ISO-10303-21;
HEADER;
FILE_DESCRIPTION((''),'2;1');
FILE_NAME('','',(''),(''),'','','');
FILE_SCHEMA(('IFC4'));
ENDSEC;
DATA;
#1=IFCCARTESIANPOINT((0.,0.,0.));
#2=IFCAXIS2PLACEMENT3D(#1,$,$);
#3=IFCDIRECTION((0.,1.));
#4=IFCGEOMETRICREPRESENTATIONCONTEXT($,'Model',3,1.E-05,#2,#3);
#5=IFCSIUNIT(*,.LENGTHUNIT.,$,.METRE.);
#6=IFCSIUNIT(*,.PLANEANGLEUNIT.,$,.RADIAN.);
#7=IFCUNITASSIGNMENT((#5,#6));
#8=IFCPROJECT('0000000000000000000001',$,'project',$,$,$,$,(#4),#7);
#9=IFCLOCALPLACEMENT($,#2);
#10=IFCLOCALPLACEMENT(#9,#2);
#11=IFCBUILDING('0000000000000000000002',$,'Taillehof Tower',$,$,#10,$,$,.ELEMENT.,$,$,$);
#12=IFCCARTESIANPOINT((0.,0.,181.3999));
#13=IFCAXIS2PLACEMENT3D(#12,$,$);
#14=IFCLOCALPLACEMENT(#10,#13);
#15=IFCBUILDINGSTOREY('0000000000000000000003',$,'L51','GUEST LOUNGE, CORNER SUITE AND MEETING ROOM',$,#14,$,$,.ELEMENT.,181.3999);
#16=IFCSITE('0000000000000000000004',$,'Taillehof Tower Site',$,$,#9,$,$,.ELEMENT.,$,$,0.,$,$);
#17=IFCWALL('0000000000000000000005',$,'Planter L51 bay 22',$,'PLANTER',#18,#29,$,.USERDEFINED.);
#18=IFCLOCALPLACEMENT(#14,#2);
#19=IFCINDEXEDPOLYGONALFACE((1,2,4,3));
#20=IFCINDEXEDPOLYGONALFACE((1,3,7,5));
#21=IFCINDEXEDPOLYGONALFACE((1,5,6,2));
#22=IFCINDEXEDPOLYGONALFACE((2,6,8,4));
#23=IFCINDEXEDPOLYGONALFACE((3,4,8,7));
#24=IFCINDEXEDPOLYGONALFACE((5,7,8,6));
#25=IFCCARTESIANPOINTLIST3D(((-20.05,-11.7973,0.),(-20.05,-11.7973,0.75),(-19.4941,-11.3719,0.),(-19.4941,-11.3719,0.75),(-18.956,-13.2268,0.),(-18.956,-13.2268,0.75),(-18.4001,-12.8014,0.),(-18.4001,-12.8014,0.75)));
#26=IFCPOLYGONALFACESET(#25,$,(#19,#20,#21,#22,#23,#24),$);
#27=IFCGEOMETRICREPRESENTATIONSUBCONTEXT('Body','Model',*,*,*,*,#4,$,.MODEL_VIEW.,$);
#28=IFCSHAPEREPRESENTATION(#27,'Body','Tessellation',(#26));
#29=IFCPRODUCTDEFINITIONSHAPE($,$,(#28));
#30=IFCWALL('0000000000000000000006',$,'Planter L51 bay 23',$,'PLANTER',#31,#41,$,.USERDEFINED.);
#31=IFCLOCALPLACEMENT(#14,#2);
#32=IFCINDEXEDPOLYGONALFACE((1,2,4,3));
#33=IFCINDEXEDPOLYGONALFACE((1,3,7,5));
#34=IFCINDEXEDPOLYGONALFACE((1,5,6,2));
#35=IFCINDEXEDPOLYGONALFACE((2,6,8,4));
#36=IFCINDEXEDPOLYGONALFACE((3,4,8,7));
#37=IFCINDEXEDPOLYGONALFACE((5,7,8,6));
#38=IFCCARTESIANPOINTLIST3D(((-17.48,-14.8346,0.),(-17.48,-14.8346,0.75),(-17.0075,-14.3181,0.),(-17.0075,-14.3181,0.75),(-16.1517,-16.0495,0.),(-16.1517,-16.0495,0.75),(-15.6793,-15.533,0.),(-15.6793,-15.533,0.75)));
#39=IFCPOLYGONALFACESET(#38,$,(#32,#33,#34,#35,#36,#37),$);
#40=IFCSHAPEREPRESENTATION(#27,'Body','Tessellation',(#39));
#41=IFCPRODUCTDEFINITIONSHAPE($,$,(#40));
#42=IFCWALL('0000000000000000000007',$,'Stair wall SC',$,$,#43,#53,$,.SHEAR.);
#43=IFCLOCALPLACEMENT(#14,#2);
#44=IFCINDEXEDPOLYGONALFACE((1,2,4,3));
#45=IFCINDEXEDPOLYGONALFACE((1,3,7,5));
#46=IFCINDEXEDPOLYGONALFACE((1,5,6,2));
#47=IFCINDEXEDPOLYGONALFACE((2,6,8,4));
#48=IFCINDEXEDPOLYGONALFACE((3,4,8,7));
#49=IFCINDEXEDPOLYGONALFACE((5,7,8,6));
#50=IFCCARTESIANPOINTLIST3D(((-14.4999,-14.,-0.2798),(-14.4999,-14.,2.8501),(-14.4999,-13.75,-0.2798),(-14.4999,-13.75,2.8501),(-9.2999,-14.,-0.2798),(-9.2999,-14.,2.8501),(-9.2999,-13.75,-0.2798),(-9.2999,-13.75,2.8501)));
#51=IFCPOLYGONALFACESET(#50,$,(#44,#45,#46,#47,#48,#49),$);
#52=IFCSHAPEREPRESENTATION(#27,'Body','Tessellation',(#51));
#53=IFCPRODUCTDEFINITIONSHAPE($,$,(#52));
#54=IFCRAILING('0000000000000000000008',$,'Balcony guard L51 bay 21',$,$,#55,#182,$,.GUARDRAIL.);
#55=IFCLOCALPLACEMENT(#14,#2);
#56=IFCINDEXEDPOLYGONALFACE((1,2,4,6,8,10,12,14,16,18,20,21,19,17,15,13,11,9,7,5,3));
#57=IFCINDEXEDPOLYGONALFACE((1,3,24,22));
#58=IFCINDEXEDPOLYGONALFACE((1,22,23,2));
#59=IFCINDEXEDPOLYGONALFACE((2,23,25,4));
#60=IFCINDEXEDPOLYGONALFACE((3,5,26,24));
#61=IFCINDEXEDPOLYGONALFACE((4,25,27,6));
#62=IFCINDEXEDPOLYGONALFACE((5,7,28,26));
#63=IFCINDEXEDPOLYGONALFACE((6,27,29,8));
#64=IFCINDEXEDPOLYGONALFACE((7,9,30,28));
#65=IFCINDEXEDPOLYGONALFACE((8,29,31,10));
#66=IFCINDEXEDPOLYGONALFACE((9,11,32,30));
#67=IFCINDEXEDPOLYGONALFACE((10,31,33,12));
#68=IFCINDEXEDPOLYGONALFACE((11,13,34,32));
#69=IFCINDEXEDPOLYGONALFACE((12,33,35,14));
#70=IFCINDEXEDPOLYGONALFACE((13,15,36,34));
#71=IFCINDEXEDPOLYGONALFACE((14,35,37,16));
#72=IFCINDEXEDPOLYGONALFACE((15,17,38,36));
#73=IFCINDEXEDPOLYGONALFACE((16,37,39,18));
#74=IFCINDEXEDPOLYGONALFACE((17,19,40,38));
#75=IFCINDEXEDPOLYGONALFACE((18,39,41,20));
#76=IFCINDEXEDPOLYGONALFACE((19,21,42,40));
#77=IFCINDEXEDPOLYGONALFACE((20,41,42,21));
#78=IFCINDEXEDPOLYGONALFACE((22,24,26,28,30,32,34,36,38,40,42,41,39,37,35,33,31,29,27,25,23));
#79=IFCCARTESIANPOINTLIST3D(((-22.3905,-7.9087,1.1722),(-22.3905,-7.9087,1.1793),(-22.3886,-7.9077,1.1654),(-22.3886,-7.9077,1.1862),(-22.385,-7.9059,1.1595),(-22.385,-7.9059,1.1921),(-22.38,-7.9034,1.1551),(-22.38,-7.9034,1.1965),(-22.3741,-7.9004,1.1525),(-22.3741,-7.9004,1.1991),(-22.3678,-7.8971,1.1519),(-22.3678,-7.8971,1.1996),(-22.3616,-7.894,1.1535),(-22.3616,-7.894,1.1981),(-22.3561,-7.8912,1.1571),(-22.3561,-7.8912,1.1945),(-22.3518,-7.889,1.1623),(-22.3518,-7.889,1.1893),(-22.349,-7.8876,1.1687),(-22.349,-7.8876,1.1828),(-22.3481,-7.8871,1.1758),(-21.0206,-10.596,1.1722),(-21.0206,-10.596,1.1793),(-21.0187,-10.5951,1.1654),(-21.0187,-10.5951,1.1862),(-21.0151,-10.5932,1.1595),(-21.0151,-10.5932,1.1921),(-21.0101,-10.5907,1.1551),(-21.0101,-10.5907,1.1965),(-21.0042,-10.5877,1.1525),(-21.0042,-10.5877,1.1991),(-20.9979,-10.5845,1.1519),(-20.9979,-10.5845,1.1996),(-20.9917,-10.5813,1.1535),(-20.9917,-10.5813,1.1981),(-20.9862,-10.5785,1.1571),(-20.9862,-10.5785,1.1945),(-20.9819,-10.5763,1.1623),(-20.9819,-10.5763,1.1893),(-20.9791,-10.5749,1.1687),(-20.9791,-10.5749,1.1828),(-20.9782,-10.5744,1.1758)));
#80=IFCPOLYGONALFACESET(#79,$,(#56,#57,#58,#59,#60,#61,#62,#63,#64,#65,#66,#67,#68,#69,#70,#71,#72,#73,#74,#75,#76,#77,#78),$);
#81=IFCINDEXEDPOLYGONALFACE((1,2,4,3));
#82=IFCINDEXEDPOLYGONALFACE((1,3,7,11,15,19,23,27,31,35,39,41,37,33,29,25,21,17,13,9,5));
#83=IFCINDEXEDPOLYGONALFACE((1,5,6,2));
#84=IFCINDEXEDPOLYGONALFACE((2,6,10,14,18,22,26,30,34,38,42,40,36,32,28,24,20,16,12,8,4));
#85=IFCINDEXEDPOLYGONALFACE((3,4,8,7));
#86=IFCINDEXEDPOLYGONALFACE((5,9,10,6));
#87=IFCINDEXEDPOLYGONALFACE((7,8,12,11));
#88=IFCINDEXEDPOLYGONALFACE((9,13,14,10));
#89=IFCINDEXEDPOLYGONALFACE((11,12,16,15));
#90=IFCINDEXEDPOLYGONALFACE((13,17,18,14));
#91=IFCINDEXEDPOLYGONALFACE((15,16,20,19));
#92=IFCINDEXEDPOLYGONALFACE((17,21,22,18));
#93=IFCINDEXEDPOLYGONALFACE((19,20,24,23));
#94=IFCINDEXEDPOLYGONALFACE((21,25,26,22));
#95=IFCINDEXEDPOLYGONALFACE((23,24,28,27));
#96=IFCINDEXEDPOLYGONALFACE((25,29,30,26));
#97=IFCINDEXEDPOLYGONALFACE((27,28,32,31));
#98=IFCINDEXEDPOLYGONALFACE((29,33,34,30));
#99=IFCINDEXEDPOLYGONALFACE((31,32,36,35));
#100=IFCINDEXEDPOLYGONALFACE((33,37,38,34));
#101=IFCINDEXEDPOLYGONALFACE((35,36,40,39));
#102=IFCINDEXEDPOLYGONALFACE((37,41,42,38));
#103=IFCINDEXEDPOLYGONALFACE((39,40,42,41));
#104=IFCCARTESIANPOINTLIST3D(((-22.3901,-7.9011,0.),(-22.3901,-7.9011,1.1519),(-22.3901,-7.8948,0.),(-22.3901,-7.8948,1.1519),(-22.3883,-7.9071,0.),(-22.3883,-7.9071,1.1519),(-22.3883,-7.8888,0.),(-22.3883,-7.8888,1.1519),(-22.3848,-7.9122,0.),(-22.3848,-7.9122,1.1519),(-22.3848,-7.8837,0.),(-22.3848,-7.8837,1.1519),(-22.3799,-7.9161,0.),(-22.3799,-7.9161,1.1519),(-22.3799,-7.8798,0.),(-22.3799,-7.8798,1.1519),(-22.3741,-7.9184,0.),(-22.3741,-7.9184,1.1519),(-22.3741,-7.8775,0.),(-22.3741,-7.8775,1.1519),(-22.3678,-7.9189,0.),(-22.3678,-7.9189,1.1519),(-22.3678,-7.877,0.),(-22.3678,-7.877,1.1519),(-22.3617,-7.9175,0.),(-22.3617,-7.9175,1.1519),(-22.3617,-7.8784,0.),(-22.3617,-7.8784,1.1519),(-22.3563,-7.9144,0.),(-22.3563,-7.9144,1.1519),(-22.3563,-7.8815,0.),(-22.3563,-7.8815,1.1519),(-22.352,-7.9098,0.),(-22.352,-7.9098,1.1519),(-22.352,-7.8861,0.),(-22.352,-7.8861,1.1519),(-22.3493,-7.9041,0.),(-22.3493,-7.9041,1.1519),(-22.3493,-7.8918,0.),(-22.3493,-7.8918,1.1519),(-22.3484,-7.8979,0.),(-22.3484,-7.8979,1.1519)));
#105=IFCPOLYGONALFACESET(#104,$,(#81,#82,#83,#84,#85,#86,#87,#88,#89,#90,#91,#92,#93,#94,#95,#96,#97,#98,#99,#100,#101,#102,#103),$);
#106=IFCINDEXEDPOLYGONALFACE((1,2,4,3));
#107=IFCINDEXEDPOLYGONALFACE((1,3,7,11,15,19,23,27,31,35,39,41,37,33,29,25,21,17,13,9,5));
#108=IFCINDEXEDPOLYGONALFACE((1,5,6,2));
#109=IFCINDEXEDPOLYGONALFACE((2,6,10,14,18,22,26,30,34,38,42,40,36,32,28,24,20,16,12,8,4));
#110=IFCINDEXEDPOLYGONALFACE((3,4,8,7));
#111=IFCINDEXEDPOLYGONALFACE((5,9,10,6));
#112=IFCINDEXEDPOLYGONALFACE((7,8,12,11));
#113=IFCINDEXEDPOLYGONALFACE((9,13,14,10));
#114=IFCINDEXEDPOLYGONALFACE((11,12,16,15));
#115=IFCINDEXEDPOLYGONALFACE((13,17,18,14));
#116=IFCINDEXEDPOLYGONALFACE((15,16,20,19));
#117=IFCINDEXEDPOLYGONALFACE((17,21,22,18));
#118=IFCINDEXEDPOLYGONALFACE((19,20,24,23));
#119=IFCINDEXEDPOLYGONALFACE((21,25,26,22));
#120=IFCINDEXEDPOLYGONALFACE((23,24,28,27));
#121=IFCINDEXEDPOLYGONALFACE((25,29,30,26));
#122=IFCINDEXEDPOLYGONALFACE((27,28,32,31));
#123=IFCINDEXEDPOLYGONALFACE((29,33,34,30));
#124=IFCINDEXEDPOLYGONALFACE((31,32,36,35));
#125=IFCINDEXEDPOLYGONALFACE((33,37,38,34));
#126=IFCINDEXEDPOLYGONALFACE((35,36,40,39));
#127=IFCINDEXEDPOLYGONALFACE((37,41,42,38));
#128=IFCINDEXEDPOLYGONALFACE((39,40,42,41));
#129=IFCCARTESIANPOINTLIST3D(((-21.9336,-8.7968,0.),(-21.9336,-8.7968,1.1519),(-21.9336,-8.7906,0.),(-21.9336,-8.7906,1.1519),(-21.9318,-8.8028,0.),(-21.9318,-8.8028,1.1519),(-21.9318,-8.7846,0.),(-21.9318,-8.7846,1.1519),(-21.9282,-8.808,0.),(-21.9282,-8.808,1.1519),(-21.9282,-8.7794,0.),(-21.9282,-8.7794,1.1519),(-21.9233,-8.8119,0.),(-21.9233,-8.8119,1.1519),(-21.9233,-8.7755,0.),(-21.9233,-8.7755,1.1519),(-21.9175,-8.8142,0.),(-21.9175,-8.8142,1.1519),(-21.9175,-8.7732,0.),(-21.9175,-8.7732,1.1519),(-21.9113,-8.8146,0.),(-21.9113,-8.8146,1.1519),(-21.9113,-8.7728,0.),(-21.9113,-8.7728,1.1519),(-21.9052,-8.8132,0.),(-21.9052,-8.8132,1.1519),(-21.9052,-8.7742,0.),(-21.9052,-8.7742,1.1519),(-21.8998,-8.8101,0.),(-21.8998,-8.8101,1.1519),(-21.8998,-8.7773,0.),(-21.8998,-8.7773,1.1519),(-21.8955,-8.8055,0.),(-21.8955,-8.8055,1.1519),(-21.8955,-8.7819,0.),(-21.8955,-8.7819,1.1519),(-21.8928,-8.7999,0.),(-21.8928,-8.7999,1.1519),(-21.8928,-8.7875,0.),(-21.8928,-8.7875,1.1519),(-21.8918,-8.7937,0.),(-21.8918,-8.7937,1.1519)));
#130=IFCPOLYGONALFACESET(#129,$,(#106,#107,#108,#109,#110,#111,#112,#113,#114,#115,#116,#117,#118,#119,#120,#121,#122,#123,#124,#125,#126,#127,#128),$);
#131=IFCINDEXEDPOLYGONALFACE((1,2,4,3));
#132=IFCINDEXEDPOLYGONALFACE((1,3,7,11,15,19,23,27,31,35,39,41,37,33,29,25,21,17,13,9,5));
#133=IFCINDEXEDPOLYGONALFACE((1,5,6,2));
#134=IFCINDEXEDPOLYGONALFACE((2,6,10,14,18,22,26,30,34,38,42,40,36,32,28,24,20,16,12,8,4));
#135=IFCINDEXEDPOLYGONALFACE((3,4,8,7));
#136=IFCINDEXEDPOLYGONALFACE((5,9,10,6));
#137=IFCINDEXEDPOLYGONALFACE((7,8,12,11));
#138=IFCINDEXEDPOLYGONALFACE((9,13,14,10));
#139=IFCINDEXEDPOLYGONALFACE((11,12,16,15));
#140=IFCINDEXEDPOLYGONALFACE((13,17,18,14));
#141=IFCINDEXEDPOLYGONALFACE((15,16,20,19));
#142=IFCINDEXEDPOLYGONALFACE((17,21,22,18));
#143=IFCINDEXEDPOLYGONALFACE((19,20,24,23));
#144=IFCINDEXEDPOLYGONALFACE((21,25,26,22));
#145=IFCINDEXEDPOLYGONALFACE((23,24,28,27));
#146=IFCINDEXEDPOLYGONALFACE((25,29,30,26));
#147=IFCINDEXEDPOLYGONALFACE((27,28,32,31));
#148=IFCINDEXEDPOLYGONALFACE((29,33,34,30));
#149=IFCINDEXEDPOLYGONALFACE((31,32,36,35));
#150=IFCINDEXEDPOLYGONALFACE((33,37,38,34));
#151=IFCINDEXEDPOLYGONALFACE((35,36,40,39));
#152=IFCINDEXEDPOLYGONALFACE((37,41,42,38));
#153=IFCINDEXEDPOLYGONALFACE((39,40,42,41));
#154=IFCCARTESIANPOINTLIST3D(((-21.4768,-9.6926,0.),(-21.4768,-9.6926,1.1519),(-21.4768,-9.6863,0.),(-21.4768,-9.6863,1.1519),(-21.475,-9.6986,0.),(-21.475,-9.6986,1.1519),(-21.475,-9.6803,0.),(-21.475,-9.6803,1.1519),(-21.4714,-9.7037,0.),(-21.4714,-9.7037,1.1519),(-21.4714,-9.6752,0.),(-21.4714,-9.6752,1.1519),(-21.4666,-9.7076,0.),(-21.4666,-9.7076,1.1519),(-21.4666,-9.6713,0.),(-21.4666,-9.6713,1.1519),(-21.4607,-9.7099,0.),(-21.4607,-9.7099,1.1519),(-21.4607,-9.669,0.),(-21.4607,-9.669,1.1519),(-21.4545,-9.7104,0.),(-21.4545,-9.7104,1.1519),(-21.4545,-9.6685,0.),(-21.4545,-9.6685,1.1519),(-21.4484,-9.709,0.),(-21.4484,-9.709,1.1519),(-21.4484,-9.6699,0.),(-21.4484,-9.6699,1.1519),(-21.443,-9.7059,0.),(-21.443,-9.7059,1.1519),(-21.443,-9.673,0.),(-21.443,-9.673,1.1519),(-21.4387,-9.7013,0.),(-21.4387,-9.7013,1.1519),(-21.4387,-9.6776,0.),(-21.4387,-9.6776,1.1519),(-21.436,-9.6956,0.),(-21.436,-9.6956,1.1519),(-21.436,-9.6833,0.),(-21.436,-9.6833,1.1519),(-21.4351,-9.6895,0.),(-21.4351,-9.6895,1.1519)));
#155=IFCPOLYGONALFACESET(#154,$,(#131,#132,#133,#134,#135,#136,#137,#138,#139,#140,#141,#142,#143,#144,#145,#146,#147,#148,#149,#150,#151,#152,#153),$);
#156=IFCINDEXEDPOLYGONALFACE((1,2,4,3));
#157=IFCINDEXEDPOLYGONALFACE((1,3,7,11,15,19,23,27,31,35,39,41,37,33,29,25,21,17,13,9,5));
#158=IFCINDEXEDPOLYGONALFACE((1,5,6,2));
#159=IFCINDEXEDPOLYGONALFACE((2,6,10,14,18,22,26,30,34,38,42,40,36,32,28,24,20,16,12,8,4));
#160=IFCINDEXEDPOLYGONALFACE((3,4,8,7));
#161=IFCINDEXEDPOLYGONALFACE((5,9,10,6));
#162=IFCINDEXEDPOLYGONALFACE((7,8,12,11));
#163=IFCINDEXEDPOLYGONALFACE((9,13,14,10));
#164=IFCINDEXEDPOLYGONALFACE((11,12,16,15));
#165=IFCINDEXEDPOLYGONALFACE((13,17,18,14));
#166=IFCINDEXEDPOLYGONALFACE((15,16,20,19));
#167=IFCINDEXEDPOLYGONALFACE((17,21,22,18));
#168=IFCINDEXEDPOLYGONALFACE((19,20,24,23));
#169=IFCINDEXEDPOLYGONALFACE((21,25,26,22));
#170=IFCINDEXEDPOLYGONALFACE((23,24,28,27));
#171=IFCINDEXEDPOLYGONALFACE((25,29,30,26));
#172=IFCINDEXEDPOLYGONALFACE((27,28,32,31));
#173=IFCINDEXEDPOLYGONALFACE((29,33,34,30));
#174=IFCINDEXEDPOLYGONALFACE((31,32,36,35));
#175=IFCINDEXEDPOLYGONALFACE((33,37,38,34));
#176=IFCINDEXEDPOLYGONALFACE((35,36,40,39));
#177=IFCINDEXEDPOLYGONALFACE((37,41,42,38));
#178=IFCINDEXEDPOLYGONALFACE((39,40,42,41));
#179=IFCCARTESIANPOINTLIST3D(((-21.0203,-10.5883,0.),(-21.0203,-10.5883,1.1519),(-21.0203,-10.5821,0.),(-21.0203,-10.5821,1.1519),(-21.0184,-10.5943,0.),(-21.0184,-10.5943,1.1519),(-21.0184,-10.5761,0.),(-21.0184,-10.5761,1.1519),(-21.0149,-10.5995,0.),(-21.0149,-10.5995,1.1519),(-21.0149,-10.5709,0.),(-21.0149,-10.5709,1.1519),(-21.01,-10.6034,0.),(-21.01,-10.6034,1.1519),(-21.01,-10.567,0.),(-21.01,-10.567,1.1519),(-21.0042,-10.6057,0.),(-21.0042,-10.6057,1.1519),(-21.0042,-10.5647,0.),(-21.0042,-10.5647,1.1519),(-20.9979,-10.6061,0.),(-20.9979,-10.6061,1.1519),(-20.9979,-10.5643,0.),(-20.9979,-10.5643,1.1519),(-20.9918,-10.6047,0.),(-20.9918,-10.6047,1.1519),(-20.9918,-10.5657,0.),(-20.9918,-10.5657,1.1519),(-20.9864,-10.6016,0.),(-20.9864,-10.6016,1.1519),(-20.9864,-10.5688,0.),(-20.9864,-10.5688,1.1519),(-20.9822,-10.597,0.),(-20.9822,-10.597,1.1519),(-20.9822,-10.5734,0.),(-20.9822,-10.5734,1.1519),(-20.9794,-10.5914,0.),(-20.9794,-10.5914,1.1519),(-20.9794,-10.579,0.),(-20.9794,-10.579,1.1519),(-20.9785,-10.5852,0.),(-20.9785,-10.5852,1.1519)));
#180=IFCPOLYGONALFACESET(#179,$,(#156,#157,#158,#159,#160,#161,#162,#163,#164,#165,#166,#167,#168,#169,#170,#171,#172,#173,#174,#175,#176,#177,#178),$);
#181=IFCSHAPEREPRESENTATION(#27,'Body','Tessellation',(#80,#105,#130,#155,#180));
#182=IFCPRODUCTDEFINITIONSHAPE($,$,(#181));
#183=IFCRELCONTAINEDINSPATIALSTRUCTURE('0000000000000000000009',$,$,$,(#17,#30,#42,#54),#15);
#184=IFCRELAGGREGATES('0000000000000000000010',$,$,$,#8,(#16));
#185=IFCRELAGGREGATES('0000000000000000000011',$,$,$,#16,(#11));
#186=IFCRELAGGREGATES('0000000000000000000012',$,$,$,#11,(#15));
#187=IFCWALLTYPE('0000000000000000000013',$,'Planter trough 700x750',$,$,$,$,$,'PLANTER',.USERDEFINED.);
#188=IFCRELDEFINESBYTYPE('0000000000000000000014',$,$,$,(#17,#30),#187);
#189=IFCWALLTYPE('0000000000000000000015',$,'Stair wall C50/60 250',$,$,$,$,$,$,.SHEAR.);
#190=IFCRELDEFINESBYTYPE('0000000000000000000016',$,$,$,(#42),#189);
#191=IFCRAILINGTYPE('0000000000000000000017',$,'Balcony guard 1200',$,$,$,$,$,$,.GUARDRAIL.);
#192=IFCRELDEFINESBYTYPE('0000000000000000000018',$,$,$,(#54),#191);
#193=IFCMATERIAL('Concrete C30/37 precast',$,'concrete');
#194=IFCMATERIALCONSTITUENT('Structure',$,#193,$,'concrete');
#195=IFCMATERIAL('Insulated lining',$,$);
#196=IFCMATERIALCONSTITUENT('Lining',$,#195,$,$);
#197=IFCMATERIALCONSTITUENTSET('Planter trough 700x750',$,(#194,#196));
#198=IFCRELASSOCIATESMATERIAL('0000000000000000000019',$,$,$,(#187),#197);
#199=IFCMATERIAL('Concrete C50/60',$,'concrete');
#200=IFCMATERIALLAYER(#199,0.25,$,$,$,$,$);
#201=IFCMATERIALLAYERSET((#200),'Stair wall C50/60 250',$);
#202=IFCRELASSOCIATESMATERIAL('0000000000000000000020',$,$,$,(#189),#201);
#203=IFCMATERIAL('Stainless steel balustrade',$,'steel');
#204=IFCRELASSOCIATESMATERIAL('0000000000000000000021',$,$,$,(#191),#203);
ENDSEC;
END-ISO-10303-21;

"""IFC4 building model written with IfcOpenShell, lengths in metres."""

from ifc_helpers import new_model, si_unit, direction, frame, frame_2d, origin, origin_2d, place, context, subcontext, project, spatial, rectangle, circle, extrude, material, layer, layer_set, constituent, constituent_set, type_object, element, save


model = new_model("IFC4")

# Units and contexts
model_context = context("Model", 3, precision=1e-05, world=origin(), true_north=direction((0.0, 1.0)))
body_context = subcontext(model_context, "Body", "Model", "MODEL_VIEW")
ifc_project = project(units=[si_unit("LENGTHUNIT", "METRE"), si_unit("PLANEANGLEUNIT", "RADIAN")], contexts=[model_context])

# Site, building, storey
site_placement = place(None, origin())
site = spatial("IfcSite", under=ifc_project, at=site_placement, Name="Taillehof Tower Site", CompositionType="ELEMENT", RefElevation=0.0)
building_placement = place(site_placement, origin())
building = spatial("IfcBuilding", under=site, at=building_placement, Name="Taillehof Tower", CompositionType="ELEMENT")
storey_placement = place(building_placement, frame((0.0, 0.0, 181.3999)))
storey = spatial("IfcBuildingStorey", under=building, at=storey_placement, Name="L51", Description="GUEST LOUNGE, CORNER SUITE AND MEETING ROOM", CompositionType="ELEMENT", Elevation=181.3999)

# Walls
ifc_material_1 = material(Name="Concrete C30/37 precast", Category="concrete")
ifc_constituent_1 = constituent(ifc_material_1, Name="Structure", Category="concrete")
ifc_material_2 = material(Name="Insulated lining")
ifc_constituent_2 = constituent(ifc_material_2, Name="Lining")
ifc_constituent_set = constituent_set(constituents=[ifc_constituent_1, ifc_constituent_2], Name="Planter trough 700x750")
wall_type_1 = type_object("IfcWallType", Name="Planter trough 700x750", ElementType="PLANTER", PredefinedType="USERDEFINED", material=ifc_constituent_set)
for number, where, z_axis, x_axis, name in (
    (1, (-19.772, -11.5847, 0.0), (0.0, 0.0, 1.0), (0.607762, -0.794119, 0.0), "Planter L51 bay 22"),
    (2, (-17.2437, -14.5764, 0.0), (0.0, 0.0, 1.0), (0.737874, -0.674938, 0.0), "Planter L51 bay 23"),
):
    element("IfcWall", number, at=place(storey_placement, frame(where, z_axis=z_axis, x_axis=x_axis)), inside=storey, type_object=wall_type_1, Name=name, ObjectType="PLANTER", PredefinedType="USERDEFINED", context=body_context, shape_type="SweptSolid", body=[
        extrude(rectangle(XDim=1.8, YDim=0.7, at=frame_2d((0.8999, 0.0))), origin(), (0.0, 0.0, 1.0), 0.75),
    ])
ifc_material_3 = material(Name="Concrete C50/60", Category="concrete")
ifc_layer_1 = layer(ifc_material_3, 0.25)
ifc_layer_set_1 = layer_set([ifc_layer_1], Name="Stair wall C50/60 250")
wall_type_2 = type_object("IfcWallType", Name="Stair wall C50/60 250", PredefinedType="SHEAR", material=ifc_layer_set_1)
wall_1_placement = place(storey_placement, frame((-14.5, -13.875, -0.2798), z_axis=(0.0, 0.0, 1.0), x_axis=(1.0, 0.0, 0.0)))
element("IfcWall", 3, at=wall_1_placement, inside=storey, type_object=wall_type_2, Name="Stair wall SC", PredefinedType="SHEAR", context=body_context, shape_type="SweptSolid", body=[
    extrude(rectangle(XDim=5.2, YDim=0.25, at=frame_2d((2.6001, 0.0))), origin(), (0.0, 0.0, 1.0), 3.1299),
])

# Railing
ifc_material_4 = material(Name="Stainless steel balustrade", Category="steel")
railing_type = type_object("IfcRailingType", Name="Balcony guard 1200", PredefinedType="GUARDRAIL", material=ifc_material_4)
railing_1_placement = place(storey_placement, frame((-22.3694, -7.8979, 0.0)))
element("IfcRailing", 4, at=railing_1_placement, inside=storey, type_object=railing_type, Name="Balcony guard L51 bay 21", PredefinedType="GUARDRAIL", context=body_context, shape_type="SweptSolid", body=[
    extrude(circle(Radius=0.0239, at=origin_2d()), frame((0.0, 0.0, 1.1758), z_axis=(0.454161, -0.89092, 0.0), x_axis=(0.89092, 0.454161, 0.0)), (0.0, 0.0, 1.0), 3.0164),
    extrude(circle(Radius=0.021, at=origin_2d()), origin(), (0.0, 0.0, 1.0), 1.1519),
    extrude(circle(Radius=0.021, at=origin_2d()), frame((0.4565, -0.8958, 0.0)), (0.0, 0.0, 1.0), 1.1519),
    extrude(circle(Radius=0.021, at=origin_2d()), frame((0.9133, -1.7915, 0.0)), (0.0, 0.0, 1.0), 1.1519),
    extrude(circle(Radius=0.021, at=origin_2d()), frame((1.3699, -2.6873, 0.0)), (0.0, 0.0, 1.0), 1.1519),
])

save(model, "model.ifc")
